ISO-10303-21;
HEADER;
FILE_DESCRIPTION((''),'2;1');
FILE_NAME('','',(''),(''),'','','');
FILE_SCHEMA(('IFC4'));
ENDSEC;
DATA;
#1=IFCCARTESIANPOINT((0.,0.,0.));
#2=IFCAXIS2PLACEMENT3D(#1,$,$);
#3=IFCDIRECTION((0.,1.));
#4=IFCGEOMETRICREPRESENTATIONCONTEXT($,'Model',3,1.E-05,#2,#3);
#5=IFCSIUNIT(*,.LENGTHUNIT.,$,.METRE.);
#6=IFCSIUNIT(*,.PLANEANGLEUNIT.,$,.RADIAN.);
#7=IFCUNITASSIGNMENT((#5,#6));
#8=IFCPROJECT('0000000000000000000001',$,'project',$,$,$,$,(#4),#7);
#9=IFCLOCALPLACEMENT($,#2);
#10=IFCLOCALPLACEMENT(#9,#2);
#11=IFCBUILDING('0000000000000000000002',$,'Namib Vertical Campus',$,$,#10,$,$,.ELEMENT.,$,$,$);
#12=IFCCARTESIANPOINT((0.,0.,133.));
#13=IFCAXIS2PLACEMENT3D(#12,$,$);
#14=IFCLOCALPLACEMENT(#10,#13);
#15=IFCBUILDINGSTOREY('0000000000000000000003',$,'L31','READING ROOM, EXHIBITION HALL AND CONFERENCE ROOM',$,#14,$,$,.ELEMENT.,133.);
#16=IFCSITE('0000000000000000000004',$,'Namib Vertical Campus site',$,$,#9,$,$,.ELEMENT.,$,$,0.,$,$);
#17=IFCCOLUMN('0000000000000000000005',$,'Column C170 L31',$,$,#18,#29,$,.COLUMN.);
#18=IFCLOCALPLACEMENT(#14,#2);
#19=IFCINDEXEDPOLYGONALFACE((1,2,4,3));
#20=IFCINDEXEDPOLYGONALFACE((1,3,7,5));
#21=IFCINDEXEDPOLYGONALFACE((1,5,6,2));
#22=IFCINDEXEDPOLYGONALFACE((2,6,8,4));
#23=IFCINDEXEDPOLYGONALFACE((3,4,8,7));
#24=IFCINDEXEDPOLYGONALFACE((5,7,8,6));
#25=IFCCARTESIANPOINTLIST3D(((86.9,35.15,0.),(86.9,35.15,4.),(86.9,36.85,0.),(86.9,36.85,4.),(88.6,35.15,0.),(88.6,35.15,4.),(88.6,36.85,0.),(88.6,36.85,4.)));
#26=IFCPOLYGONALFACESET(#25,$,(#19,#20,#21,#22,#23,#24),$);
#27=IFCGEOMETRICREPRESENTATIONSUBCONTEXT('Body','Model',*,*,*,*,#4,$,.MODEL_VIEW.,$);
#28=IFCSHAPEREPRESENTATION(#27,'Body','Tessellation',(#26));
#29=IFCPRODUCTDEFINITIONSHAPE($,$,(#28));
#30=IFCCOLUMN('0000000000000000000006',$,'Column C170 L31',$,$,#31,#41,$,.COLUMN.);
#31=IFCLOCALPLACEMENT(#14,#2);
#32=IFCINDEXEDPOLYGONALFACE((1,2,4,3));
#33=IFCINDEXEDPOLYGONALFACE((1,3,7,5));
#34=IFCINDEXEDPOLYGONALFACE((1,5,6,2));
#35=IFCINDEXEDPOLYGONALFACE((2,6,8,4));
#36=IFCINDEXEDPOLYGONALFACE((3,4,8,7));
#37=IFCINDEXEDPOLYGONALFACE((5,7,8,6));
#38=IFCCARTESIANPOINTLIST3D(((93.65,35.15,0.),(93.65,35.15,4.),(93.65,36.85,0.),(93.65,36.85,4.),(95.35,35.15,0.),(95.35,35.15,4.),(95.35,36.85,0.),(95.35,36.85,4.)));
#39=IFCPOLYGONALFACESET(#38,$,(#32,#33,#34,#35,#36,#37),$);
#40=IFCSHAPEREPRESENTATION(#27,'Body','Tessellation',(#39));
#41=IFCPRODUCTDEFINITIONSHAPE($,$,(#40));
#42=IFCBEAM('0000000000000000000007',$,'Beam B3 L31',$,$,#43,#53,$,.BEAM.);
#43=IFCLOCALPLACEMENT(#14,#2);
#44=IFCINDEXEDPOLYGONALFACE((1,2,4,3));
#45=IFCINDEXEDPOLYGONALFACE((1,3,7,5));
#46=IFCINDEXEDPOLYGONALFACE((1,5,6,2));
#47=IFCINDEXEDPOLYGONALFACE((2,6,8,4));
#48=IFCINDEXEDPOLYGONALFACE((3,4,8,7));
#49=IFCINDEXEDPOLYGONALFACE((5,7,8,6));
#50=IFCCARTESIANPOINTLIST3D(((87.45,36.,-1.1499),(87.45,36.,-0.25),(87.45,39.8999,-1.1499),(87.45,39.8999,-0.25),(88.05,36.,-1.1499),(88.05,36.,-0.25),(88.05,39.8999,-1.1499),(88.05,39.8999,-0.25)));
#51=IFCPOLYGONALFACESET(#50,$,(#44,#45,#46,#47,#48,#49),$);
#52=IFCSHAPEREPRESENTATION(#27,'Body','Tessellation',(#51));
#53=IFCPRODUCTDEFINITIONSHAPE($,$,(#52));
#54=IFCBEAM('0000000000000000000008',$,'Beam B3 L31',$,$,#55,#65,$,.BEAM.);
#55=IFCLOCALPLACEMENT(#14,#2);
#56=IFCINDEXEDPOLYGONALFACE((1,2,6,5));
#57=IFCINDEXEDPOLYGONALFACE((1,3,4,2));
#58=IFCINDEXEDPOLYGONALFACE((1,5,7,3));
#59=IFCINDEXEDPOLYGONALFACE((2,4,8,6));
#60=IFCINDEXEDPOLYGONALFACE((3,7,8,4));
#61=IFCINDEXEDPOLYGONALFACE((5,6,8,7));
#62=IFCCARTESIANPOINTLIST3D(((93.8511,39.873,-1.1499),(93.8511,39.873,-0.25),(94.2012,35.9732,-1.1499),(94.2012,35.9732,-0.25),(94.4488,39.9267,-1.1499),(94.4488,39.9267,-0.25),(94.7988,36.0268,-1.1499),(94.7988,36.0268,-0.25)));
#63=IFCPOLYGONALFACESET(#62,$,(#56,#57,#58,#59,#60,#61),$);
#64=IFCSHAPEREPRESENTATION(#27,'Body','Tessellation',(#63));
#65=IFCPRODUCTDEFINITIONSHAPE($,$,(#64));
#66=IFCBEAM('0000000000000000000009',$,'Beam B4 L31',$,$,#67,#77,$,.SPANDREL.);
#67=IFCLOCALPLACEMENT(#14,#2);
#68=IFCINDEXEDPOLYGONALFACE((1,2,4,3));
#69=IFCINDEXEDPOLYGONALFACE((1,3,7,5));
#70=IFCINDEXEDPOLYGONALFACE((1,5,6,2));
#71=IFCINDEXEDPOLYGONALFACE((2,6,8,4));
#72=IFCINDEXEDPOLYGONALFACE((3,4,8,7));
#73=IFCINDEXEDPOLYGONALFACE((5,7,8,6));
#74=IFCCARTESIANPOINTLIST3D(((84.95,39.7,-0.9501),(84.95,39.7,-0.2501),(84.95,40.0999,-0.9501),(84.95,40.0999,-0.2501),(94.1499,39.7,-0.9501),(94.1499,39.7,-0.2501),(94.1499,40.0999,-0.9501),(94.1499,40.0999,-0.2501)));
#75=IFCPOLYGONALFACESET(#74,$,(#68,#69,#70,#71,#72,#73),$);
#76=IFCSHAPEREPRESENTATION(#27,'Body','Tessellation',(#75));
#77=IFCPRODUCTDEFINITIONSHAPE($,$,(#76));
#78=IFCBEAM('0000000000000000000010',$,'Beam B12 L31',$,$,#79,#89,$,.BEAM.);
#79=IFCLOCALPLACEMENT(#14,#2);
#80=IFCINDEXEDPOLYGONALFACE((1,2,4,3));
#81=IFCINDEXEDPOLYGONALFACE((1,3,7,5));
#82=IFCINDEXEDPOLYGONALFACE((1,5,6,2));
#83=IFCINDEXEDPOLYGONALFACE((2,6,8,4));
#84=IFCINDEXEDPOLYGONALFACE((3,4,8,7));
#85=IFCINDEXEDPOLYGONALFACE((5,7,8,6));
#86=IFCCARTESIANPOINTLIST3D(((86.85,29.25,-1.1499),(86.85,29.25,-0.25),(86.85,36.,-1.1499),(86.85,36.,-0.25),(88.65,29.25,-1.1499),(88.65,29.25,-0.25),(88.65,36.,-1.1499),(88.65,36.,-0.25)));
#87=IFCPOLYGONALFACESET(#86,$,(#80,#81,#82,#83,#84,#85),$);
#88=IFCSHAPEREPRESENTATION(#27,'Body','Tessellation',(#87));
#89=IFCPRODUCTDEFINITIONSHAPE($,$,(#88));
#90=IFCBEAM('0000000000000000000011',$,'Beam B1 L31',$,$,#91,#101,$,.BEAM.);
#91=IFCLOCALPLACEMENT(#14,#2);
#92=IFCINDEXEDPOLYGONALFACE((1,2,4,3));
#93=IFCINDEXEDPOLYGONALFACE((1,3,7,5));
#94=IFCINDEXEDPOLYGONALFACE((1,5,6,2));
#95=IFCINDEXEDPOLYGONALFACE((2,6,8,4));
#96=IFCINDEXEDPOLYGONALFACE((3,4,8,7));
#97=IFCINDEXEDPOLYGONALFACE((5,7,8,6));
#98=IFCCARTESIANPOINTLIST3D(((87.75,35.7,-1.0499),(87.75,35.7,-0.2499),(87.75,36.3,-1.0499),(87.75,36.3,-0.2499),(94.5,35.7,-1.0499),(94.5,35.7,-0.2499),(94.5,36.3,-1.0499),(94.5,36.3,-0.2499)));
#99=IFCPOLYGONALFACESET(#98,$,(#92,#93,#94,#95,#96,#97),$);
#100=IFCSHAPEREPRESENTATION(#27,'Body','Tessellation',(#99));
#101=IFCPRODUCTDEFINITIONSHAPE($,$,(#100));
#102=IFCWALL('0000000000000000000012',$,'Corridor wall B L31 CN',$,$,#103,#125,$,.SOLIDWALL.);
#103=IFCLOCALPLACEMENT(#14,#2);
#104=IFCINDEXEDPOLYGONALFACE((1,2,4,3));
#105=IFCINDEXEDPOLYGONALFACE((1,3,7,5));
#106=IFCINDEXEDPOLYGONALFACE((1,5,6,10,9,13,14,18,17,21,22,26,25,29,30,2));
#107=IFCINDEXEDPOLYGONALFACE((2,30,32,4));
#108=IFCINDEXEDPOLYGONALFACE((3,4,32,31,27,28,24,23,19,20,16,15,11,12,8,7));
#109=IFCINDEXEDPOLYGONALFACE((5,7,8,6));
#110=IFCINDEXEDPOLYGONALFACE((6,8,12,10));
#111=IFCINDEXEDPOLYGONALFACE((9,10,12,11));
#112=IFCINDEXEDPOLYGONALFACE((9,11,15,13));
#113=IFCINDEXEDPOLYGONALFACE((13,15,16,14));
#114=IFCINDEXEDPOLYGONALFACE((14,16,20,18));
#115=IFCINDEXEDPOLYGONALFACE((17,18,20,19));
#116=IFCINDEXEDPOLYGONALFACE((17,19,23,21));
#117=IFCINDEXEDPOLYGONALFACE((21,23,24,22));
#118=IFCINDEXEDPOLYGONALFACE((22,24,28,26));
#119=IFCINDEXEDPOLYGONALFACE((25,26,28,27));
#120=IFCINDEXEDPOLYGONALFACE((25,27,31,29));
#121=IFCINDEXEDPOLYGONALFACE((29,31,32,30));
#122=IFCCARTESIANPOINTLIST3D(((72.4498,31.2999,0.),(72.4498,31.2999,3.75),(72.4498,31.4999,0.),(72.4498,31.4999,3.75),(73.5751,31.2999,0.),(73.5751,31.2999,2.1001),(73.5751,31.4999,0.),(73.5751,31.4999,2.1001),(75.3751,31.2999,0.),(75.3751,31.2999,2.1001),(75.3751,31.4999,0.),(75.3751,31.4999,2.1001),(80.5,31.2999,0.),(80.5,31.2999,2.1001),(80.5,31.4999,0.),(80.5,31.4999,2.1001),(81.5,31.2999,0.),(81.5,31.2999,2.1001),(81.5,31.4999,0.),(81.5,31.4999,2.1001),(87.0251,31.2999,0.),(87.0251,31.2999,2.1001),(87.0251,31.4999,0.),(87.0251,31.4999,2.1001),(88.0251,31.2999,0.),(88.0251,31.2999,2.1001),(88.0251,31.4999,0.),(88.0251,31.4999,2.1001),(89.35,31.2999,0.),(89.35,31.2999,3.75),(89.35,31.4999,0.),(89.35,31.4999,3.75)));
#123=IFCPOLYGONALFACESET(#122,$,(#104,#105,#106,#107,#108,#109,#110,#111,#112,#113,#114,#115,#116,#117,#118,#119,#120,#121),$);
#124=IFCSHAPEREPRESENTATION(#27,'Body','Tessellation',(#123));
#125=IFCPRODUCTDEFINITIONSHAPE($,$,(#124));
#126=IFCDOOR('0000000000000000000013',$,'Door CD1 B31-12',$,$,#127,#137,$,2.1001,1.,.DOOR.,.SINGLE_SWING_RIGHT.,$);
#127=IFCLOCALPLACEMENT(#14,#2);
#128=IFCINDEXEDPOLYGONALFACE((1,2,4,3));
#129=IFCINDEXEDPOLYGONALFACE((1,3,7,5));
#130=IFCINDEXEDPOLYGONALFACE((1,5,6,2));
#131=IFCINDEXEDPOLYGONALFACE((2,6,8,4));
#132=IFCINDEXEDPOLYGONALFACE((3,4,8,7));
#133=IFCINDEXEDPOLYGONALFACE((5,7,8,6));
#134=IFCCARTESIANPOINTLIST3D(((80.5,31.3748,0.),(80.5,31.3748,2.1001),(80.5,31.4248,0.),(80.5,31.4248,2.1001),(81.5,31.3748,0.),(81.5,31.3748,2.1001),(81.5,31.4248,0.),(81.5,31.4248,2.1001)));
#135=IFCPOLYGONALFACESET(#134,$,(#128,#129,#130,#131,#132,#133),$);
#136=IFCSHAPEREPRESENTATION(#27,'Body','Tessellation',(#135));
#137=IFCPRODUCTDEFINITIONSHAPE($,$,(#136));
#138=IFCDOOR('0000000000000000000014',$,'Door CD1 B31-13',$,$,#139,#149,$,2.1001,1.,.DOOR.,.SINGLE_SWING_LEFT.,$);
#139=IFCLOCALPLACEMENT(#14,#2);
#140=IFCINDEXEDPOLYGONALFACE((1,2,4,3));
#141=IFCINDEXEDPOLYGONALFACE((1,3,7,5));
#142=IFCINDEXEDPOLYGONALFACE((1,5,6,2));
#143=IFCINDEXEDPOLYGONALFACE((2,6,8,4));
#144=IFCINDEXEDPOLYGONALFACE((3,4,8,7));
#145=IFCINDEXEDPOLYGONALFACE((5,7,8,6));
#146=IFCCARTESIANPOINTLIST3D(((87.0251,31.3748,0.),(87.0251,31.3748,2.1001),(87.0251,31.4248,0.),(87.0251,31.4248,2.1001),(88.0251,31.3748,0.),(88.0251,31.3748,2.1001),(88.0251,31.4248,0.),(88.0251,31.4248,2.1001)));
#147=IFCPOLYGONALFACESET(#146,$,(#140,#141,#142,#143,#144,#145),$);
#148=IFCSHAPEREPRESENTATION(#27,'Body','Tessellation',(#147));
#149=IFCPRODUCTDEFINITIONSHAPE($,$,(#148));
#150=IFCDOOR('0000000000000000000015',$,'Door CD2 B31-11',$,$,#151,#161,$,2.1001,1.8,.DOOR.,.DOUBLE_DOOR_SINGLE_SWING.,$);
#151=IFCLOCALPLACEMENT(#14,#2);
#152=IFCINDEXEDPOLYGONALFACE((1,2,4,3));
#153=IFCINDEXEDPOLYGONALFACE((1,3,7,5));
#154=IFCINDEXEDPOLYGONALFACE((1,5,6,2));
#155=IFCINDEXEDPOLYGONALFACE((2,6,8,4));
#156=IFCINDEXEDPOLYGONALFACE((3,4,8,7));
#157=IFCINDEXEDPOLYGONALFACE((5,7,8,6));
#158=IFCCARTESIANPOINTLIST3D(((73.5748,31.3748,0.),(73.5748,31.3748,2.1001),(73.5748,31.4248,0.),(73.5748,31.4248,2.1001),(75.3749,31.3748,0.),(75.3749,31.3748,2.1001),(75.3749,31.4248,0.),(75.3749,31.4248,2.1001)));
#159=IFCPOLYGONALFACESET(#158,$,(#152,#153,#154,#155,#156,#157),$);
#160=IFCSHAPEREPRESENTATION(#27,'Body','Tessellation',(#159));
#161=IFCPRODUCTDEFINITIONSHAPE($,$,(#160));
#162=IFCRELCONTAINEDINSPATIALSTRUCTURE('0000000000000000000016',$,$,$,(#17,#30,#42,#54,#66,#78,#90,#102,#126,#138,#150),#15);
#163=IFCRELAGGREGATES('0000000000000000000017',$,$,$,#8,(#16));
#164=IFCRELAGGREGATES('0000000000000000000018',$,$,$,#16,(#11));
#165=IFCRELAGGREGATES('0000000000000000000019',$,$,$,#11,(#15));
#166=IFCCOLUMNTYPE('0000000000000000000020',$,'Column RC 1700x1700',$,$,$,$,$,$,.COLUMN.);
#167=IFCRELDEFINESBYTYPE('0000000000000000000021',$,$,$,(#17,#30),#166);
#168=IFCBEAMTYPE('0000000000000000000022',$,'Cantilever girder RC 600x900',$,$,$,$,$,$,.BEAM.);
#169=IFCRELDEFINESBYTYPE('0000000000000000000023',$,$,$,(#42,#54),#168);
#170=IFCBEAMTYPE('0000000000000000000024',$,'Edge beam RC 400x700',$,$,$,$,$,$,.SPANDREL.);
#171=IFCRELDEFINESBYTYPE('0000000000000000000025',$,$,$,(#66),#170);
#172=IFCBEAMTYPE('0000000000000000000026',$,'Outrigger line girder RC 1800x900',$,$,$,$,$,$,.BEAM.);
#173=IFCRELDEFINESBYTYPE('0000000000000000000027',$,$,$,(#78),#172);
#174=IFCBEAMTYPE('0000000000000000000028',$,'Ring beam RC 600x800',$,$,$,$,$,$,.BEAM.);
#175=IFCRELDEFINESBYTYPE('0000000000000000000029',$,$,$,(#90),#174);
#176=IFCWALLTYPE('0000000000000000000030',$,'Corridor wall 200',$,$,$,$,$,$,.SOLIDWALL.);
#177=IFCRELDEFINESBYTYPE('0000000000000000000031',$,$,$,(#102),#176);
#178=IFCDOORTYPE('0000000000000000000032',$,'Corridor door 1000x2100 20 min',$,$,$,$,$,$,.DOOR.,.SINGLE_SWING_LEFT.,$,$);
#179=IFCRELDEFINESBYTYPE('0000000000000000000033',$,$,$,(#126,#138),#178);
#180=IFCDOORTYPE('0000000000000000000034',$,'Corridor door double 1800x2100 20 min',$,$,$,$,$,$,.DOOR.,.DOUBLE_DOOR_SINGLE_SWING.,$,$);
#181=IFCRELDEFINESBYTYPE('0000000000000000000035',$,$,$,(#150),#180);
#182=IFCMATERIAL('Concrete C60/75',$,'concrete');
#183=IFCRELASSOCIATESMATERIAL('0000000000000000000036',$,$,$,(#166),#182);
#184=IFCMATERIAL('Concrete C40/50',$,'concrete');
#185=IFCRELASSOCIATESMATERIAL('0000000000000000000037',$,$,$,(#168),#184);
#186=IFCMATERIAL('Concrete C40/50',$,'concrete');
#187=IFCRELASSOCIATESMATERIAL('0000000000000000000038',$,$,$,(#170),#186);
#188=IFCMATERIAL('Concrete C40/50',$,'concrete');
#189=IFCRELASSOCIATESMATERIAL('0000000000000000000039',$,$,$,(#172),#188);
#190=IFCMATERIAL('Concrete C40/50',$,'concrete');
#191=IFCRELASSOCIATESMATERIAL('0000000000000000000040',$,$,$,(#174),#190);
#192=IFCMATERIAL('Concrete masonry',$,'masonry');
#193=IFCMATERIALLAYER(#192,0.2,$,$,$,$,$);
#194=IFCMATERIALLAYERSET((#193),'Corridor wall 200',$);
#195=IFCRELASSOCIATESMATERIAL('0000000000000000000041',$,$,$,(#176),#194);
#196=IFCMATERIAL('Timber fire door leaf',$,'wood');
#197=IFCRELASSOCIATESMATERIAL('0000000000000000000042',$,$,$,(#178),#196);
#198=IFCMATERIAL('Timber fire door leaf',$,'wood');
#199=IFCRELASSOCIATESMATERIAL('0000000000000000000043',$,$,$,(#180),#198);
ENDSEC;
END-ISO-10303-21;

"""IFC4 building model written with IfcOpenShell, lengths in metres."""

from ifc_helpers import new_model, si_unit, direction, frame, frame_2d, origin, origin_2d, place, context, subcontext, project, spatial, rectangle, extrude, material, layer, layer_set, material_profile, profile_set, type_object, element, fill, save


model = new_model("IFC4")

# Units and contexts
model_context = context("Model", 3, precision=1e-05, world=origin(), true_north=direction((0.0, 1.0)))
body_context = subcontext(model_context, "Body", "Model", "MODEL_VIEW")
ifc_project = project(units=[si_unit("LENGTHUNIT", "METRE"), si_unit("PLANEANGLEUNIT", "RADIAN")], contexts=[model_context])

# Site, building, storey
site_placement = place(None, origin())
site = spatial("IfcSite", under=ifc_project, at=site_placement, Name="Namib Vertical Campus site", CompositionType="ELEMENT", RefElevation=0.0)
building_placement = place(site_placement, origin())
building = spatial("IfcBuilding", under=site, at=building_placement, Name="Namib Vertical Campus", CompositionType="ELEMENT")
storey_placement = place(building_placement, frame((0.0, 0.0, 133.0)))
storey = spatial("IfcBuildingStorey", under=building, at=storey_placement, Name="L31", Description="READING ROOM, EXHIBITION HALL AND CONFERENCE ROOM", CompositionType="ELEMENT", Elevation=133.0)

# Columns
ifc_material_1 = material(Name="Concrete C60/75", Category="concrete")
ifc_material_profile_1 = material_profile(ifc_material_1, rectangle(XDim=1.7, YDim=1.7, at=origin_2d()))
ifc_profile_set_1 = profile_set([ifc_material_profile_1], Name="Concrete C60/75")
column_type = type_object("IfcColumnType", Name="Column RC 1700x1700", PredefinedType="COLUMN", material=ifc_profile_set_1)
for number, where, z_axis, x_axis, name in (
    (1, (87.75, 36.0, 0.0), (0.0, 0.0, 1.0), (1.0, 0.0, 0.0), "Column C170 L31"),
    (2, (94.5, 36.0, 0.0), (0.0, 0.0, 1.0), (1.0, 0.0, 0.0), "Column C170 L31"),
):
    element("IfcColumn", number, at=place(storey_placement, frame(where, z_axis=z_axis, x_axis=x_axis)), inside=storey, type_object=column_type, Name=name, PredefinedType="COLUMN", context=body_context, shape_type="SweptSolid", body=[
        extrude(rectangle(XDim=1.7, YDim=1.7, at=origin_2d()), origin(), (0.0, 0.0, 1.0), 4.0),
    ])

# Beams
ifc_material_2 = material(Name="Concrete C40/50", Category="concrete")
ifc_material_profile_2 = material_profile(ifc_material_2, rectangle(XDim=0.6001, YDim=0.8999, at=origin_2d()))
ifc_profile_set_2 = profile_set([ifc_material_profile_2], Name="Concrete C40/50")
beam_type_1 = type_object("IfcBeamType", Name="Cantilever girder RC 600x900", PredefinedType="BEAM", material=ifc_profile_set_2)
beam_1_placement = place(storey_placement, frame((87.75, 36.0, -0.7), z_axis=(0.0, 1.0, 0.0), x_axis=(-1.0, 0.0, 0.0)))
element("IfcBeam", 3, at=beam_1_placement, inside=storey, type_object=beam_type_1, Name="Beam B3 L31", PredefinedType="BEAM", context=body_context, shape_type="SweptSolid", body=[
    extrude(rectangle(XDim=0.6001, YDim=0.8999, at=origin_2d()), origin(), (0.0, 0.0, 1.0), 3.8999),
])
beam_2_placement = place(storey_placement, frame((94.5, 36.0, -0.7), z_axis=(-0.089411, 0.995995, 0.0), x_axis=(-0.995995, -0.089411, 0.0)))
element("IfcBeam", 4, at=beam_2_placement, inside=storey, type_object=beam_type_1, Name="Beam B3 L31", PredefinedType="BEAM", context=body_context, shape_type="SweptSolid", body=[
    extrude(rectangle(XDim=0.6001, YDim=0.8999, at=origin_2d()), origin(), (0.0, 0.0, 1.0), 3.9155),
])
ifc_material_3 = material(Name="Concrete C40/50", Category="concrete")
ifc_material_profile_3 = material_profile(ifc_material_3, rectangle(XDim=0.3999, YDim=0.7, at=origin_2d()))
ifc_profile_set_3 = profile_set([ifc_material_profile_3], Name="Concrete C40/50")
beam_type_2 = type_object("IfcBeamType", Name="Edge beam RC 400x700", PredefinedType="SPANDREL", material=ifc_profile_set_3)
beam_3_placement = place(storey_placement, frame((84.95, 39.8999, -0.6001), z_axis=(1.0, 0.0, 0.0), x_axis=(0.0, 1.0, 0.0)))
element("IfcBeam", 5, at=beam_3_placement, inside=storey, type_object=beam_type_2, Name="Beam B4 L31", PredefinedType="SPANDREL", context=body_context, shape_type="SweptSolid", body=[
    extrude(rectangle(XDim=0.3999, YDim=0.7, at=origin_2d()), origin(), (0.0, 0.0, 1.0), 9.2),
])
ifc_material_4 = material(Name="Concrete C40/50", Category="concrete")
ifc_material_profile_4 = material_profile(ifc_material_4, rectangle(XDim=1.8, YDim=0.8999, at=origin_2d()))
ifc_profile_set_4 = profile_set([ifc_material_profile_4], Name="Concrete C40/50")
beam_type_3 = type_object("IfcBeamType", Name="Outrigger line girder RC 1800x900", PredefinedType="BEAM", material=ifc_profile_set_4)
beam_4_placement = place(storey_placement, frame((87.75, 36.0, -0.7), z_axis=(0.0, -1.0, 0.0), x_axis=(1.0, 0.0, 0.0)))
element("IfcBeam", 6, at=beam_4_placement, inside=storey, type_object=beam_type_3, Name="Beam B12 L31", PredefinedType="BEAM", context=body_context, shape_type="SweptSolid", body=[
    extrude(rectangle(XDim=1.8, YDim=0.8999, at=origin_2d()), origin(), (0.0, 0.0, 1.0), 6.75),
])
ifc_material_5 = material(Name="Concrete C40/50", Category="concrete")
ifc_material_profile_5 = material_profile(ifc_material_5, rectangle(XDim=0.6001, YDim=0.8, at=origin_2d()))
ifc_profile_set_5 = profile_set([ifc_material_profile_5], Name="Concrete C40/50")
beam_type_4 = type_object("IfcBeamType", Name="Ring beam RC 600x800", PredefinedType="BEAM", material=ifc_profile_set_5)
beam_5_placement = place(storey_placement, frame((87.75, 36.0, -0.6499), z_axis=(1.0, 0.0, 0.0), x_axis=(0.0, 1.0, 0.0)))
element("IfcBeam", 7, at=beam_5_placement, inside=storey, type_object=beam_type_4, Name="Beam B1 L31", PredefinedType="BEAM", context=body_context, shape_type="SweptSolid", body=[
    extrude(rectangle(XDim=0.6001, YDim=0.8, at=origin_2d()), origin(), (0.0, 0.0, 1.0), 6.75),
])

# Wall, openings, doors
ifc_material_6 = material(Name="Concrete masonry", Category="masonry")
ifc_layer_1 = layer(ifc_material_6, 0.2)
ifc_layer_set_1 = layer_set([ifc_layer_1], Name="Corridor wall 200")
wall_type_1 = type_object("IfcWallType", Name="Corridor wall 200", PredefinedType="SOLIDWALL", material=ifc_layer_set_1)
wall_1_placement = place(storey_placement, frame((89.3501, 31.3999, 0.0), z_axis=(0.0, 0.0, 1.0), x_axis=(-1.0, 0.0, 0.0)))
wall_1 = element("IfcWall", 8, at=wall_1_placement, inside=storey, type_object=wall_type_1, Name="Corridor wall B L31 CN", PredefinedType="SOLIDWALL", context=body_context, shape_type="SweptSolid", body=[
    extrude(rectangle(XDim=16.9001, YDim=0.2, at=frame_2d((8.4502, 0.0))), origin(), (0.0, 0.0, 1.0), 3.75),
])
opening_1_placement = place(wall_1_placement, frame((13.9751, 0.0, 0.0)))
opening_1 = element("IfcOpeningElement", 9, at=opening_1_placement, cuts=wall_1, PredefinedType="OPENING", context=body_context, shape_type="SweptSolid", body=[
    extrude(rectangle(XDim=1.8, YDim=2.1001, at=frame_2d((0.8999, 1.05))), frame((0.0, 0.1099, 0.0), z_axis=(0.0, -1.0, 0.0), x_axis=(1.0, 0.0, 0.0)), (0.0, 0.0, 1.0), 0.22),
])
opening_2_placement = place(wall_1_placement, frame((7.8501, 0.0, 0.0)))
opening_2 = element("IfcOpeningElement", 10, at=opening_2_placement, cuts=wall_1, PredefinedType="OPENING", context=body_context, shape_type="SweptSolid", body=[
    extrude(rectangle(XDim=1.0, YDim=2.1001, at=frame_2d((0.5, 1.05))), frame((0.0, 0.1099, 0.0), z_axis=(0.0, -1.0, 0.0), x_axis=(1.0, 0.0, 0.0)), (0.0, 0.0, 1.0), 0.22),
])
opening_3_placement = place(wall_1_placement, frame((1.325, 0.0, 0.0)))
opening_3 = element("IfcOpeningElement", 11, at=opening_3_placement, cuts=wall_1, PredefinedType="OPENING", context=body_context, shape_type="SweptSolid", body=[
    extrude(rectangle(XDim=1.0, YDim=2.1001, at=frame_2d((0.5, 1.05))), frame((0.0, 0.1099, 0.0), z_axis=(0.0, -1.0, 0.0), x_axis=(1.0, 0.0, 0.0)), (0.0, 0.0, 1.0), 0.22),
])
ifc_material_7 = material(Name="Timber fire door leaf", Category="wood")
door_type_1 = type_object("IfcDoorType", Name="Corridor door 1000x2100 20 min", OperationType="SINGLE_SWING_LEFT", PredefinedType="DOOR", material=ifc_material_7)
door_1_placement = place(opening_2_placement, frame((1.0, 0.0, 0.0), z_axis=(0.0, 0.0, 1.0), x_axis=(-1.0, 0.0, 0.0)))
door_1 = element("IfcDoor", 12, at=door_1_placement, inside=storey, type_object=door_type_1, Name="Door CD1 B31-12", OperationType="SINGLE_SWING_RIGHT", OverallHeight=2.1001, OverallWidth=1.0, PredefinedType="DOOR", context=body_context, shape_type="SweptSolid", body=[
    extrude(rectangle(XDim=1.0, YDim=2.1001, at=frame_2d((0.5, 1.05))), frame((0.0, 0.0249, 0.0), z_axis=(0.0, -1.0, 0.0), x_axis=(1.0, 0.0, 0.0)), (0.0, 0.0, 1.0), 0.05),
])
fill(opening_2, door_1)
door_2_placement = place(opening_3_placement, frame((1.0, 0.0, 0.0), z_axis=(0.0, 0.0, 1.0), x_axis=(-1.0, 0.0, 0.0)))
door_2 = element("IfcDoor", 13, at=door_2_placement, inside=storey, type_object=door_type_1, Name="Door CD1 B31-13", OperationType="SINGLE_SWING_LEFT", OverallHeight=2.1001, OverallWidth=1.0, PredefinedType="DOOR", context=body_context, shape_type="SweptSolid", body=[
    extrude(rectangle(XDim=1.0, YDim=2.1001, at=frame_2d((0.5, 1.05))), frame((0.0, 0.0249, 0.0), z_axis=(0.0, -1.0, 0.0), x_axis=(1.0, 0.0, 0.0)), (0.0, 0.0, 1.0), 0.05),
])
fill(opening_3, door_2)
ifc_material_8 = material(Name="Timber fire door leaf", Category="wood")
door_type_2 = type_object("IfcDoorType", Name="Corridor door double 1800x2100 20 min", OperationType="DOUBLE_DOOR_SINGLE_SWING", PredefinedType="DOOR", material=ifc_material_8)
door_3_placement = place(opening_1_placement, frame((1.8, 0.0, 0.0), z_axis=(0.0, 0.0, 1.0), x_axis=(-1.0, 0.0, 0.0)))
door_3 = element("IfcDoor", 14, at=door_3_placement, inside=storey, type_object=door_type_2, Name="Door CD2 B31-11", OperationType="DOUBLE_DOOR_SINGLE_SWING", OverallHeight=2.1001, OverallWidth=1.8, PredefinedType="DOOR", context=body_context, shape_type="SweptSolid", body=[
    extrude(rectangle(XDim=1.8, YDim=2.1001, at=frame_2d((0.8999, 1.05))), frame((0.0, 0.0249, 0.0), z_axis=(0.0, -1.0, 0.0), x_axis=(1.0, 0.0, 0.0)), (0.0, 0.0, 1.0), 0.05),
])
fill(opening_1, door_3)

save(model, "model.ifc")
